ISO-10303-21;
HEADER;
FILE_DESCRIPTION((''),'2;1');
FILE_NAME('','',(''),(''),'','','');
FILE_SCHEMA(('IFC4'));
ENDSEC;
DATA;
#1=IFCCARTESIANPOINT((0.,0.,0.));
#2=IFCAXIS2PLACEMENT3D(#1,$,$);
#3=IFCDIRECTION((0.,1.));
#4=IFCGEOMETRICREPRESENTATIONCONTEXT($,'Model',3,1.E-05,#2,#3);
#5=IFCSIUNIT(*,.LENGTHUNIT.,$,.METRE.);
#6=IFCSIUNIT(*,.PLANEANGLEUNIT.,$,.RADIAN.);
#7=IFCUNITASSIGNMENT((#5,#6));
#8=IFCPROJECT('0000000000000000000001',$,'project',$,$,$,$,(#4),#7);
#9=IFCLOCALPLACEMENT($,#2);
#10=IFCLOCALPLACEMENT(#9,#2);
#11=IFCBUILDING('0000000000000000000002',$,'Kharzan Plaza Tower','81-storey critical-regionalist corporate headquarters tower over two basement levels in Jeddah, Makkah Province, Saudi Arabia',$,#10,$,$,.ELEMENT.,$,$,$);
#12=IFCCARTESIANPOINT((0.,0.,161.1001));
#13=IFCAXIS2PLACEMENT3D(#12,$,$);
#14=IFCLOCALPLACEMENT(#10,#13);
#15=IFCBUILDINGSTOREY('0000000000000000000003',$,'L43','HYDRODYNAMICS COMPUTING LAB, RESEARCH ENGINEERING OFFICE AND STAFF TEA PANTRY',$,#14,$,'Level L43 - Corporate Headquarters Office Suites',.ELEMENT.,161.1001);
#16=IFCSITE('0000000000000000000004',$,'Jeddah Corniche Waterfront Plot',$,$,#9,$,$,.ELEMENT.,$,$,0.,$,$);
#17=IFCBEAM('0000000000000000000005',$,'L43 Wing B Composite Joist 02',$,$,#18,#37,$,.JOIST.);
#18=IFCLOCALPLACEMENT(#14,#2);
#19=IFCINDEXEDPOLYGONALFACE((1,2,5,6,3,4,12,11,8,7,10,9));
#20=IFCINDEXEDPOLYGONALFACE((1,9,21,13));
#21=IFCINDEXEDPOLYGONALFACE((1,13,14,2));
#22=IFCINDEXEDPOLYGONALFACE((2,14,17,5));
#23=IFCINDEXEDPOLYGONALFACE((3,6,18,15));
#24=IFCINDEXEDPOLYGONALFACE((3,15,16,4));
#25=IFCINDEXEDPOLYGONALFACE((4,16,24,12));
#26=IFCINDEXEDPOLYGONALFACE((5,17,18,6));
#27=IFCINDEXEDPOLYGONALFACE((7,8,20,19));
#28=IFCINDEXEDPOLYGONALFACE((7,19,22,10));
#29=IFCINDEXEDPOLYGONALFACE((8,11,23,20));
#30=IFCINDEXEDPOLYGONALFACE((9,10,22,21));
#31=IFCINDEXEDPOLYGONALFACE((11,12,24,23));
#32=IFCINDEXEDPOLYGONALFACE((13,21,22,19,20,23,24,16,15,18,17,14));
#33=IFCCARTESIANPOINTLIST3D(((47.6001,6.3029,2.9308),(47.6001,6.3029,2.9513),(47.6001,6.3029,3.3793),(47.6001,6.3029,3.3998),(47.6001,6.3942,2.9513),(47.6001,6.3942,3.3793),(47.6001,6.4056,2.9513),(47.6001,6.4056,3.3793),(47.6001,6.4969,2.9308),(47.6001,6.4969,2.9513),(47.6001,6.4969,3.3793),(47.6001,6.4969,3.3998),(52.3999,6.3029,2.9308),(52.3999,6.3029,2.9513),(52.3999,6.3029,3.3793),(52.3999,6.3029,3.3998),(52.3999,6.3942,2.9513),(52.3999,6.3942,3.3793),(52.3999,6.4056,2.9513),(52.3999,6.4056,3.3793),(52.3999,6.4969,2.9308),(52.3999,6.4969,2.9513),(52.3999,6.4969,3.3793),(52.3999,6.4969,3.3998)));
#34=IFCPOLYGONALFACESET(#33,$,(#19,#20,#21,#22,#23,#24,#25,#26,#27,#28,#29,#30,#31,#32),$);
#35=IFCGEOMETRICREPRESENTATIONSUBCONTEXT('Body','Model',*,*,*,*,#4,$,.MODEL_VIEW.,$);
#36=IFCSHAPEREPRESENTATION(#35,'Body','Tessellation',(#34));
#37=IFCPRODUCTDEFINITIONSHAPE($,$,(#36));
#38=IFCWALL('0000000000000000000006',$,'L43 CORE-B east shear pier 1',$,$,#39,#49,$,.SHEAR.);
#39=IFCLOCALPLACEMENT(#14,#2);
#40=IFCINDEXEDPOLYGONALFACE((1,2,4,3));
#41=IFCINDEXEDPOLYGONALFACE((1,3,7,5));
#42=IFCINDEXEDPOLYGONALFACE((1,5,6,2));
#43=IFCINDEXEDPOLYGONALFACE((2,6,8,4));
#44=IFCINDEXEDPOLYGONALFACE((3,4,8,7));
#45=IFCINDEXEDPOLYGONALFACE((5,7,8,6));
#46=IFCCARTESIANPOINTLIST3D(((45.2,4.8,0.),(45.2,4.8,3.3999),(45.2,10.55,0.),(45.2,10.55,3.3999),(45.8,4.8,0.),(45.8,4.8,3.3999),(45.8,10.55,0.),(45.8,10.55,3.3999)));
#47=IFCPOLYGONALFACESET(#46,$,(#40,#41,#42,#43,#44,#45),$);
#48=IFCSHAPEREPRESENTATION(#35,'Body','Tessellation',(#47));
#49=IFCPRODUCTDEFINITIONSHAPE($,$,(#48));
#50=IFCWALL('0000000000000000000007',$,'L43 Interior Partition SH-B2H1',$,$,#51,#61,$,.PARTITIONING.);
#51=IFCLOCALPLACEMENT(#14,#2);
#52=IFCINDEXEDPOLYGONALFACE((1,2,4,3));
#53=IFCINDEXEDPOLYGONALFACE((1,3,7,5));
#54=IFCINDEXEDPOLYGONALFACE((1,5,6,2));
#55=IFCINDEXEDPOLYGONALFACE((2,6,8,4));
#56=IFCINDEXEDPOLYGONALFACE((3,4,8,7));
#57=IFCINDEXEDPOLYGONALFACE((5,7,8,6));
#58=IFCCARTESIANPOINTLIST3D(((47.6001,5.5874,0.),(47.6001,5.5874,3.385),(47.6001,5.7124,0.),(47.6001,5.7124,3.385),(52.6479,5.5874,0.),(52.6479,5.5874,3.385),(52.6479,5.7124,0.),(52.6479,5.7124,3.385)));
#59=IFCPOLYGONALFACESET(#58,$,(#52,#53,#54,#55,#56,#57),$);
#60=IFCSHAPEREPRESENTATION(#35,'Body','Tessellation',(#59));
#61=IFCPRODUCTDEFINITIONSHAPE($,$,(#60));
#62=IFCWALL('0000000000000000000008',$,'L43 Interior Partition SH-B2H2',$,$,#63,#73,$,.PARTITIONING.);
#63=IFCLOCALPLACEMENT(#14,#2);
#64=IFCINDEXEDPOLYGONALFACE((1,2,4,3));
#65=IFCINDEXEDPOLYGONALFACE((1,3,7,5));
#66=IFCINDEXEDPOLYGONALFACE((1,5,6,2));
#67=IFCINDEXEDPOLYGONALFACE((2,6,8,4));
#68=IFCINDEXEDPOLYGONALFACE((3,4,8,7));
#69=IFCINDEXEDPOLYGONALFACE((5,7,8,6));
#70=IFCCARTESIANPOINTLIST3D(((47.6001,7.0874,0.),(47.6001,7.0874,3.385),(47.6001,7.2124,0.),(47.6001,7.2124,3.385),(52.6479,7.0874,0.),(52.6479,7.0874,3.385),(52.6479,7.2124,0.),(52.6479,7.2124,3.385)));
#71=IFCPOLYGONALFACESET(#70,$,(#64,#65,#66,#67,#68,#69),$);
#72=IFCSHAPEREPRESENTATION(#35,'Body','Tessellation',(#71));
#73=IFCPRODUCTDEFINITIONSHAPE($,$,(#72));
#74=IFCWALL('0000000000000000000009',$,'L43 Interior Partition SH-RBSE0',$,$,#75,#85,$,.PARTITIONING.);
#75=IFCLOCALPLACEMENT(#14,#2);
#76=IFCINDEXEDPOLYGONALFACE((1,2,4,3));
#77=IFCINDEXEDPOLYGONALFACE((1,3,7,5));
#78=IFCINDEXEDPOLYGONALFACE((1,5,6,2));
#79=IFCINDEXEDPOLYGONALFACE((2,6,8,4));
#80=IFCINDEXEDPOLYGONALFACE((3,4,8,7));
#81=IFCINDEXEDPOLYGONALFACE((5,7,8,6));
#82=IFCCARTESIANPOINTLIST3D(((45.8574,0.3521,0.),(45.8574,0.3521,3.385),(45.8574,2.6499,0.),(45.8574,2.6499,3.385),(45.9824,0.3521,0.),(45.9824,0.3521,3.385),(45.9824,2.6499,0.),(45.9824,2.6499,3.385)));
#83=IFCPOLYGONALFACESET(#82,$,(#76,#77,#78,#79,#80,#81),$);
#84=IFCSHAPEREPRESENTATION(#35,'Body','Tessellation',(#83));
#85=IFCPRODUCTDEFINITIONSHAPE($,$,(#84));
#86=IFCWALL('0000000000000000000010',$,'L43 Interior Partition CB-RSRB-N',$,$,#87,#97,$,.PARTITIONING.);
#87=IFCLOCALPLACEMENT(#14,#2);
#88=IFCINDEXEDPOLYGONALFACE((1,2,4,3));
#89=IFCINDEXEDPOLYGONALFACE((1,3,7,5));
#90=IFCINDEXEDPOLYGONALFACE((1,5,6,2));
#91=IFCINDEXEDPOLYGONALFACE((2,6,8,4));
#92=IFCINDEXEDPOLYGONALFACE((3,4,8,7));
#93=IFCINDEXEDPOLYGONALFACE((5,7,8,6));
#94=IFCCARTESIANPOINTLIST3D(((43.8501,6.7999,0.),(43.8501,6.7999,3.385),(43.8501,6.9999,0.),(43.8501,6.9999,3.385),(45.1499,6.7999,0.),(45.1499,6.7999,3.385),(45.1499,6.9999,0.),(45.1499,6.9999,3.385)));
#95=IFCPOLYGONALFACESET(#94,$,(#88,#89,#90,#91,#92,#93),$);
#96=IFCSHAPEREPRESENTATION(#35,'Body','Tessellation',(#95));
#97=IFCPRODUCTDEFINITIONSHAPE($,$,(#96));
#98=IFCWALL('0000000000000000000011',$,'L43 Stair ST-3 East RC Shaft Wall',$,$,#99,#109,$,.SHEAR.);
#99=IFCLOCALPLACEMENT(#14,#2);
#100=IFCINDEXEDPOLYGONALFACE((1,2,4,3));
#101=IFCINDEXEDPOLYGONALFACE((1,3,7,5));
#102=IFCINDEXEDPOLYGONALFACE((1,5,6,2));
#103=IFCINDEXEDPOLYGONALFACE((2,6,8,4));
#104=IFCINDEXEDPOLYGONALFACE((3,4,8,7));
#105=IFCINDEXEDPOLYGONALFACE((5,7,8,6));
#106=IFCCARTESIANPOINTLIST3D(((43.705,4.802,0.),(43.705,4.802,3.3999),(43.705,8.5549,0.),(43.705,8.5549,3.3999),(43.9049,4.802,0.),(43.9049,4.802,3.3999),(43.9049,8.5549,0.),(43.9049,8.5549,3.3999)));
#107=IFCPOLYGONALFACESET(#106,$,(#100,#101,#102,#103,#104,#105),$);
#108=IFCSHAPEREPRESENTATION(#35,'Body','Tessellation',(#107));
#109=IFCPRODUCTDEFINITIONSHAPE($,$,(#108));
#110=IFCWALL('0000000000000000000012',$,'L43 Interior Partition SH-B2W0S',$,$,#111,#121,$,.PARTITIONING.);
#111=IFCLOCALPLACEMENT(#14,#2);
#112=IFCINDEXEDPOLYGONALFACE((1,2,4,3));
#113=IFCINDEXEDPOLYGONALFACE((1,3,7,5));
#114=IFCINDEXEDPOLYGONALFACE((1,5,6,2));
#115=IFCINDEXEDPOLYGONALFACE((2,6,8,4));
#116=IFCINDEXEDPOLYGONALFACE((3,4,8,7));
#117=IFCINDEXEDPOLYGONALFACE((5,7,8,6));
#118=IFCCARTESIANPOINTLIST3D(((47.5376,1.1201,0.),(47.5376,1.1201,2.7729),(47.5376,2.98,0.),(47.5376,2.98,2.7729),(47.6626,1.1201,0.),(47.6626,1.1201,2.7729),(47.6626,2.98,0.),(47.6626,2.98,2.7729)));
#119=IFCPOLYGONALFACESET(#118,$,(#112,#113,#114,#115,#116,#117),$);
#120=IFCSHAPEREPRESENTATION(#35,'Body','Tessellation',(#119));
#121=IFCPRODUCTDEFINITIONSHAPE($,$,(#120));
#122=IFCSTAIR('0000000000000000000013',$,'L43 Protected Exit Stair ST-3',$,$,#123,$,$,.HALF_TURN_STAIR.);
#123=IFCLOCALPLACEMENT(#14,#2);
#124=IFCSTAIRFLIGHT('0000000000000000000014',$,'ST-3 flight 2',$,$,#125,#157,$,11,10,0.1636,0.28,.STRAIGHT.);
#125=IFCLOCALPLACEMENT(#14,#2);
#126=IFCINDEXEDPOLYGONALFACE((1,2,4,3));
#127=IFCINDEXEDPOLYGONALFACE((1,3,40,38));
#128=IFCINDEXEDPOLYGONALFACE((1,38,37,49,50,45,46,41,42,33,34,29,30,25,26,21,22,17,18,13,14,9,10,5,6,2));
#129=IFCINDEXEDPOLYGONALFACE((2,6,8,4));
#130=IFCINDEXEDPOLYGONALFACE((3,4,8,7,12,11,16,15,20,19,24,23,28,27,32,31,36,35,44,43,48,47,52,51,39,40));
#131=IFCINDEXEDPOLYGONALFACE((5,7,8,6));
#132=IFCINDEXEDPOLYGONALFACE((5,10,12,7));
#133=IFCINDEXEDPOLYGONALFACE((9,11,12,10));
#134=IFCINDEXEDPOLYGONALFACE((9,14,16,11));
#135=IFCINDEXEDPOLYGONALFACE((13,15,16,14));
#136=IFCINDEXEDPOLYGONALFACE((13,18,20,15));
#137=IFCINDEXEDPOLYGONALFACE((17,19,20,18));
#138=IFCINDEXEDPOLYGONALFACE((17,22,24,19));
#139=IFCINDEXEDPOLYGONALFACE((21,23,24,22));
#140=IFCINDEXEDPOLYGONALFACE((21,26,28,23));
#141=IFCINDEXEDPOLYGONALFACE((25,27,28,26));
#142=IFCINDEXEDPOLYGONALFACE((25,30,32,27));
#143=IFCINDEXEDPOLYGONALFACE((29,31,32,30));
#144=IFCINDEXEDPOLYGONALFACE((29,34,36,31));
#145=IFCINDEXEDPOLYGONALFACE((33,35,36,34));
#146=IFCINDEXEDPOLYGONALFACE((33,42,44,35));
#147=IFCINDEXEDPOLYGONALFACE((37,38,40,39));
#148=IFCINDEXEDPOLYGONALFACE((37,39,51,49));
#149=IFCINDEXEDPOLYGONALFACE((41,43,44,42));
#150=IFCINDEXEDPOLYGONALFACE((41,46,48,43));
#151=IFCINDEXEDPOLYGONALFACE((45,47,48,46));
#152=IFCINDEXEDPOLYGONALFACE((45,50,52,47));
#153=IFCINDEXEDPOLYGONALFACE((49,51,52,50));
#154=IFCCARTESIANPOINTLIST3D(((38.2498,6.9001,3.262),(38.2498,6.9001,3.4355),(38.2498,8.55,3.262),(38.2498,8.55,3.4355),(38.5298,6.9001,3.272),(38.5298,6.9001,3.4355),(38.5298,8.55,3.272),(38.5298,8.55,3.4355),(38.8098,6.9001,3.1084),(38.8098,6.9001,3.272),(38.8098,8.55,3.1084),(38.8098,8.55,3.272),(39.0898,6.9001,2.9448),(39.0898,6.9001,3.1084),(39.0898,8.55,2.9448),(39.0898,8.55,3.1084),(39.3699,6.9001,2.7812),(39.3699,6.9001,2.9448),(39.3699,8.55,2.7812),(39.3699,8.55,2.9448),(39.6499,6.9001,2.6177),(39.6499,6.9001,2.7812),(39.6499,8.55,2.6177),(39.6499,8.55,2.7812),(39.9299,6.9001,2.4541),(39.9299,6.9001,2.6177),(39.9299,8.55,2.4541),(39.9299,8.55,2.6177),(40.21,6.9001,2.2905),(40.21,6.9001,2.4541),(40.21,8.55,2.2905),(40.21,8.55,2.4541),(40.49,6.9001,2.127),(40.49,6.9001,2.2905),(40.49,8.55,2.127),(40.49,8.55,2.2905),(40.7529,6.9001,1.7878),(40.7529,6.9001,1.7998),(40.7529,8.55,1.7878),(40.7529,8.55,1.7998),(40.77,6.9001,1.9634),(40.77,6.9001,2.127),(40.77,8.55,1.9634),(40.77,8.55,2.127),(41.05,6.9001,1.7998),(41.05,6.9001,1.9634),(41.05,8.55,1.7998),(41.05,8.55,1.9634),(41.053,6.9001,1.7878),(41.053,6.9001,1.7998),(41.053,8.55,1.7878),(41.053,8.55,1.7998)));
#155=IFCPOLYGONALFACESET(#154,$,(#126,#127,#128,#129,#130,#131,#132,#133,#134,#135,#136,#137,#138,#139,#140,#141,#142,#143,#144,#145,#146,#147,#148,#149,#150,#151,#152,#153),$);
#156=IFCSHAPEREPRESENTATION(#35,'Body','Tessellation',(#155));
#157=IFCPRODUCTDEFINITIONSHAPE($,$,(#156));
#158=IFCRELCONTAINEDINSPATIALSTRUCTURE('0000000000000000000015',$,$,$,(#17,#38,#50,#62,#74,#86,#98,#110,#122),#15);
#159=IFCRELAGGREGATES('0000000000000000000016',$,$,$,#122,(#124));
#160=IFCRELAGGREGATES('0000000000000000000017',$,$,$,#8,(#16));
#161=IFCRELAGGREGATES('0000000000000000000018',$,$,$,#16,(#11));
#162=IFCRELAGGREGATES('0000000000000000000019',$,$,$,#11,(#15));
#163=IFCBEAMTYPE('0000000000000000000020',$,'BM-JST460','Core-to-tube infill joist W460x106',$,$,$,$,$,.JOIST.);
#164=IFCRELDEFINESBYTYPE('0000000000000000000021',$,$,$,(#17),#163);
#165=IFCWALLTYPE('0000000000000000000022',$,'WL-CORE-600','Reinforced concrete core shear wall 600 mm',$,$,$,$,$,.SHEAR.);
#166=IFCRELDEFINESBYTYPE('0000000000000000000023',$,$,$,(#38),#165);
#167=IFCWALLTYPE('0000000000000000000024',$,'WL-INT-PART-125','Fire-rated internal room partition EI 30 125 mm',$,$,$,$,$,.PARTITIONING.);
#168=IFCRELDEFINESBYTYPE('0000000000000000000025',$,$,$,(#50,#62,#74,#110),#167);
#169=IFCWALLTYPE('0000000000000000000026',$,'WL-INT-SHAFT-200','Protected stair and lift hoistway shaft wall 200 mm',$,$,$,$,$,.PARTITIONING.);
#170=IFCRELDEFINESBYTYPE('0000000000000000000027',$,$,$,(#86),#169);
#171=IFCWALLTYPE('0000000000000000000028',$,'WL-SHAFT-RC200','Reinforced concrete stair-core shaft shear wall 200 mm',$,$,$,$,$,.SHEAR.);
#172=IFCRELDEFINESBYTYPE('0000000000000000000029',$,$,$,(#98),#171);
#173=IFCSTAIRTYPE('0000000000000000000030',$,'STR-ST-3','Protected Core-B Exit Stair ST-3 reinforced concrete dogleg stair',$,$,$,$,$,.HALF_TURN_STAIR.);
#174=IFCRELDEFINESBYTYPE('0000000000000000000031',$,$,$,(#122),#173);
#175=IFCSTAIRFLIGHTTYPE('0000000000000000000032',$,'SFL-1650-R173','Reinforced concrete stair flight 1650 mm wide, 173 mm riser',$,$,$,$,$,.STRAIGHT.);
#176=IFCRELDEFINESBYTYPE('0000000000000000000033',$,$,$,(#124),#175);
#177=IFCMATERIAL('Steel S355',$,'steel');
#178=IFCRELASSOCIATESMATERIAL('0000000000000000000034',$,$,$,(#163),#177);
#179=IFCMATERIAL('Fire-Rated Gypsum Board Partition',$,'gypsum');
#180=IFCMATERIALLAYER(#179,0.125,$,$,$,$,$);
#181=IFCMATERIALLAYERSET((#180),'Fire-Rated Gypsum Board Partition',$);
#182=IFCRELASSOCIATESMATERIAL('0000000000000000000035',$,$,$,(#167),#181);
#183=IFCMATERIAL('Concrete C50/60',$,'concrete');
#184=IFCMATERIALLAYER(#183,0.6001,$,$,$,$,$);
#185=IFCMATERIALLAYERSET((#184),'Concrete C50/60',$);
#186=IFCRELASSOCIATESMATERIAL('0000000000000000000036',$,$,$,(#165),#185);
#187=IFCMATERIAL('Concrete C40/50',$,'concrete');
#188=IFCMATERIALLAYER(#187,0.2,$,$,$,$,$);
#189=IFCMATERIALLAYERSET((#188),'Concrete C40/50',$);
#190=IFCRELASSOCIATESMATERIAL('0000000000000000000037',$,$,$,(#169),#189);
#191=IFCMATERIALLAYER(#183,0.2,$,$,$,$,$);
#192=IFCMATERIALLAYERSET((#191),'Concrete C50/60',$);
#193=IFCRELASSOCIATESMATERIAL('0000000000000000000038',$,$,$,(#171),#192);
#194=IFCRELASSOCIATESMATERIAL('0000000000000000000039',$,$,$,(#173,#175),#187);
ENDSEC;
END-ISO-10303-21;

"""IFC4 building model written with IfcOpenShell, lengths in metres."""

from ifc_helpers import new_model, si_unit, direction, frame, frame_2d, origin, origin_2d, place, context, subcontext, project, spatial, polyline, rectangle, i_section, outline, extrude, source, transform, mapped, material, layer, layer_set, material_profile, profile_set, type_object, element, aggregate, save


model = new_model("IFC4")

# Units and contexts
model_context = context("Model", 3, precision=1e-05, world=origin(), true_north=direction((0.0, 1.0)))
body_context = subcontext(model_context, "Body", "Model", "MODEL_VIEW")
ifc_project = project(units=[si_unit("LENGTHUNIT", "METRE"), si_unit("PLANEANGLEUNIT", "RADIAN")], contexts=[model_context])

# Site, building, storey
site_placement = place(None, origin())
site = spatial("IfcSite", under=ifc_project, at=site_placement, Name="Jeddah Corniche Waterfront Plot", CompositionType="ELEMENT", RefElevation=0.0)
building_placement = place(site_placement, origin())
building = spatial("IfcBuilding", under=site, at=building_placement, Name="Kharzan Plaza Tower", Description="81-storey critical-regionalist corporate headquarters tower over two basement levels in Jeddah, Makkah Province, Saudi Arabia", CompositionType="ELEMENT")
storey_placement = place(building_placement, frame((0.0, 0.0, 161.1001)))
storey = spatial("IfcBuildingStorey", under=building, at=storey_placement, Name="L43", Description="HYDRODYNAMICS COMPUTING LAB, RESEARCH ENGINEERING OFFICE AND STAFF TEA PANTRY", LongName="Level L43 - Corporate Headquarters Office Suites", CompositionType="ELEMENT", Elevation=161.1001)

# Shared definitions
ifc_material_1 = material(Name="Concrete C50/60", Category="concrete")

# Beam
ifc_material_2 = material(Name="Steel S355", Category="steel")
ifc_material_profile_1 = material_profile(ifc_material_2, i_section(OverallWidth=0.1941, OverallDepth=0.469, WebThickness=0.0115, FlangeThickness=0.0205, at=origin_2d()), Name="W460x106")
ifc_profile_set_1 = profile_set([ifc_material_profile_1], Name="Steel S355")
beam_type_1 = type_object("IfcBeamType", Name="BM-JST460", Description="Core-to-tube infill joist W460x106", PredefinedType="JOIST", material=ifc_profile_set_1)
shared_shape_1 = source(origin(), body_context, "Body", "SweptSolid", [
    extrude(i_section(OverallWidth=0.1941, OverallDepth=0.469, WebThickness=0.0115, FlangeThickness=0.0205, at=origin_2d()), origin(), (0.0, 0.0, 1.0), 4.7998),
])
beam_1_placement = place(storey_placement, frame((47.6001, 6.3999, 3.1653), z_axis=(1.0, 0.0, 0.0), x_axis=(0.0, 1.0, 0.0)))
element("IfcBeam", 1, at=beam_1_placement, inside=storey, type_object=beam_type_1, Name="L43 Wing B Composite Joist 02", PredefinedType="JOIST", context=body_context, shape_type="MappedRepresentation", body=[
    mapped(shared_shape_1, transform((0.0, 0.0, 0.0), x_axis=(1.0, 0.0, 0.0), y_axis=(0.0, 1.0, 0.0), z_axis=(0.0, 0.0, 1.0))),
])

# Shared definitions
ifc_material_3 = material(Name="Fire-Rated Gypsum Board Partition", Category="gypsum")
ifc_layer_1 = layer(ifc_material_3, 0.125)
ifc_layer_set_1 = layer_set([ifc_layer_1], Name="Fire-Rated Gypsum Board Partition")
wall_type_1 = type_object("IfcWallType", Name="WL-INT-PART-125", Description="Fire-rated internal room partition EI 30 125 mm", PredefinedType="PARTITIONING", material=ifc_layer_set_1)

# Walls
ifc_layer_2 = layer(ifc_material_1, 0.6001)
ifc_layer_set_2 = layer_set([ifc_layer_2], Name="Concrete C50/60")
wall_type_2 = type_object("IfcWallType", Name="WL-CORE-600", Description="Reinforced concrete core shear wall 600 mm", PredefinedType="SHEAR", material=ifc_layer_set_2)
shared_shape_2 = source(origin(), body_context, "Body", "SweptSolid", [
    extrude(rectangle(XDim=5.75, YDim=0.6001, at=frame_2d((2.875, 0.0))), origin(), (0.0, 0.0, 1.0), 3.3999),
])
wall_1_placement = place(storey_placement, frame((45.5, 4.8, 0.0), z_axis=(0.0, 0.0, 1.0), x_axis=(0.0, 1.0, 0.0)))
element("IfcWall", 2, at=wall_1_placement, inside=storey, type_object=wall_type_2, Name="L43 CORE-B east shear pier 1", PredefinedType="SHEAR", context=body_context, shape_type="MappedRepresentation", body=[
    mapped(shared_shape_2, transform((0.0, 0.0, 0.0), x_axis=(1.0, 0.0, 0.0), y_axis=(0.0, 1.0, 0.0), z_axis=(0.0, 0.0, 1.0))),
])
shared_shape_3 = source(origin(), body_context, "Body", "SweptSolid", [
    extrude(rectangle(XDim=5.0479, YDim=0.125, at=frame_2d((2.5239, 0.0))), origin(), (0.0, 0.0, 1.0), 3.385),
])
for number, where, z_axis, x_axis, name in (
    (3, (47.6001, 5.6499, 0.0), (0.0, 0.0, 1.0), (1.0, 0.0, 0.0), "L43 Interior Partition SH-B2H1"),
    (4, (47.6001, 7.1499, 0.0), (0.0, 0.0, 1.0), (1.0, 0.0, 0.0), "L43 Interior Partition SH-B2H2"),
):
    element("IfcWall", number, at=place(storey_placement, frame(where, z_axis=z_axis, x_axis=x_axis)), inside=storey, type_object=wall_type_1, Name=name, PredefinedType="PARTITIONING", context=body_context, shape_type="MappedRepresentation", body=[
        mapped(shared_shape_3, transform((0.0, 0.0, 0.0), x_axis=(1.0, 0.0, 0.0), y_axis=(0.0, 1.0, 0.0), z_axis=(0.0, 0.0, 1.0))),
    ])
shared_shape_4 = source(origin(), body_context, "Body", "SweptSolid", [
    extrude(rectangle(XDim=2.2979, YDim=0.125, at=frame_2d((1.1489, 0.0))), origin(), (0.0, 0.0, 1.0), 3.385),
])
wall_2_placement = place(storey_placement, frame((45.9199, 0.3521, 0.0), z_axis=(0.0, 0.0, 1.0), x_axis=(0.0, 1.0, 0.0)))
element("IfcWall", 5, at=wall_2_placement, inside=storey, type_object=wall_type_1, Name="L43 Interior Partition SH-RBSE0", PredefinedType="PARTITIONING", context=body_context, shape_type="MappedRepresentation", body=[
    mapped(shared_shape_4, transform((0.0, 0.0, 0.0), x_axis=(1.0, 0.0, 0.0), y_axis=(0.0, 1.0, 0.0), z_axis=(0.0, 0.0, 1.0))),
])
ifc_material_4 = material(Name="Concrete C40/50", Category="concrete")
ifc_layer_3 = layer(ifc_material_4, 0.2)
ifc_layer_set_3 = layer_set([ifc_layer_3], Name="Concrete C40/50")
wall_type_3 = type_object("IfcWallType", Name="WL-INT-SHAFT-200", Description="Protected stair and lift hoistway shaft wall 200 mm", PredefinedType="PARTITIONING", material=ifc_layer_set_3)
shared_shape_5 = source(origin(), body_context, "Body", "SweptSolid", [
    extrude(rectangle(XDim=1.2998, YDim=0.2, at=frame_2d((0.6499, 0.0))), origin(), (0.0, 0.0, 1.0), 3.385),
])
wall_3_placement = place(storey_placement, frame((43.8501, 6.8999, 0.0), z_axis=(0.0, 0.0, 1.0), x_axis=(1.0, 0.0, 0.0)))
element("IfcWall", 6, at=wall_3_placement, inside=storey, type_object=wall_type_3, Name="L43 Interior Partition CB-RSRB-N", PredefinedType="PARTITIONING", context=body_context, shape_type="MappedRepresentation", body=[
    mapped(shared_shape_5, transform((0.0, 0.0, 0.0), x_axis=(1.0, 0.0, 0.0), y_axis=(0.0, 1.0, 0.0), z_axis=(0.0, 0.0, 1.0))),
])
ifc_layer_4 = layer(ifc_material_1, 0.2)
ifc_layer_set_4 = layer_set([ifc_layer_4], Name="Concrete C50/60")
wall_type_4 = type_object("IfcWallType", Name="WL-SHAFT-RC200", Description="Reinforced concrete stair-core shaft shear wall 200 mm", PredefinedType="SHEAR", material=ifc_layer_set_4)
shared_shape_6 = source(origin(), body_context, "Body", "SweptSolid", [
    extrude(rectangle(XDim=3.7529, YDim=0.2, at=frame_2d((1.8765, 0.0))), origin(), (0.0, 0.0, 1.0), 3.3999),
])
wall_4_placement = place(storey_placement, frame((43.8049, 4.802, 0.0), z_axis=(0.0, 0.0, 1.0), x_axis=(0.0, 1.0, 0.0)))
element("IfcWall", 7, at=wall_4_placement, inside=storey, type_object=wall_type_4, Name="L43 Stair ST-3 East RC Shaft Wall", PredefinedType="SHEAR", context=body_context, shape_type="MappedRepresentation", body=[
    mapped(shared_shape_6, transform((0.0, 0.0, 0.0), x_axis=(1.0, 0.0, 0.0), y_axis=(0.0, 1.0, 0.0), z_axis=(0.0, 0.0, 1.0))),
])
shared_shape_7 = source(origin(), body_context, "Body", "SweptSolid", [
    extrude(rectangle(XDim=1.8599, YDim=0.125, at=frame_2d((0.9299, 0.0))), origin(), (0.0, 0.0, 1.0), 2.7729),
])
wall_5_placement = place(storey_placement, frame((47.6001, 1.1201, 0.0), z_axis=(0.0, 0.0, 1.0), x_axis=(0.0, 1.0, 0.0)))
element("IfcWall", 8, at=wall_5_placement, inside=storey, type_object=wall_type_1, Name="L43 Interior Partition SH-B2W0S", PredefinedType="PARTITIONING", context=body_context, shape_type="MappedRepresentation", body=[
    mapped(shared_shape_7, transform((0.0, 0.0, 0.0), x_axis=(1.0, 0.0, 0.0), y_axis=(0.0, 1.0, 0.0), z_axis=(0.0, 0.0, 1.0))),
])

# Stair, stair flight
stair_type = type_object("IfcStairType", Name="STR-ST-3", Description="Protected Core-B Exit Stair ST-3 reinforced concrete dogleg stair", PredefinedType="HALF_TURN_STAIR", material=ifc_material_4)
stair_placement = place(storey_placement, origin())
stair = element("IfcStair", 9, at=stair_placement, inside=storey, type_object=stair_type, Name="L43 Protected Exit Stair ST-3", PredefinedType="HALF_TURN_STAIR")
stair_flight_type = type_object("IfcStairFlightType", Name="SFL-1650-R173", Description="Reinforced concrete stair flight 1650 mm wide, 173 mm riser", PredefinedType="STRAIGHT", material=ifc_material_4)
shared_shape_8 = source(origin(), body_context, "Body", "SweptSolid", [
    extrude(outline(polyline([(-0.0029, -0.012), (-0.0029, 0.0), (0.0, 0.0), (0.0, 0.1636), (0.28, 0.1636), (0.28, 0.3271), (0.5601, 0.3271), (0.5601, 0.4907), (0.8401, 0.4907), (0.8401, 0.6543), (1.1201, 0.6543), (1.1201, 0.8179), (1.4001, 0.8179), (1.4001, 0.9814), (1.6802, 0.9814), (1.6802, 1.145), (1.9602, 1.145), (1.9602, 1.3086), (2.2402, 1.3086), (2.2402, 1.4722), (2.5203, 1.4722), (2.5203, 1.6357), (2.8003, 1.6357), (2.8003, 1.7993), (2.8003, 1.4622), (0.2971, 0.0), (0.2971, -0.012), (-0.0029, -0.012)])), frame((0.0, 0.825, 0.0), z_axis=(0.0, -1.0, 0.0), x_axis=(1.0, 0.0, 0.0)), (0.0, 0.0, 1.0), 1.6499),
])
stair_flight_placement = place(storey_placement, frame((41.05, 7.7251, 1.7998), z_axis=(0.0, 0.0, 1.0), x_axis=(-1.0, 0.0, 0.0)))
stair_flight = element("IfcStairFlight", 10, at=stair_flight_placement, type_object=stair_flight_type, Name="ST-3 flight 2", NumberOfRisers=11, NumberOfTreads=10, PredefinedType="STRAIGHT", RiserHeight=0.1636, TreadLength=0.28, context=body_context, shape_type="MappedRepresentation", body=[
    mapped(shared_shape_8, transform((0.0, 0.0, 0.0), x_axis=(1.0, 0.0, 0.0), y_axis=(0.0, 1.0, 0.0), z_axis=(0.0, 0.0, 1.0))),
])
aggregate(stair, [stair_flight])

save(model, "model.ifc")
